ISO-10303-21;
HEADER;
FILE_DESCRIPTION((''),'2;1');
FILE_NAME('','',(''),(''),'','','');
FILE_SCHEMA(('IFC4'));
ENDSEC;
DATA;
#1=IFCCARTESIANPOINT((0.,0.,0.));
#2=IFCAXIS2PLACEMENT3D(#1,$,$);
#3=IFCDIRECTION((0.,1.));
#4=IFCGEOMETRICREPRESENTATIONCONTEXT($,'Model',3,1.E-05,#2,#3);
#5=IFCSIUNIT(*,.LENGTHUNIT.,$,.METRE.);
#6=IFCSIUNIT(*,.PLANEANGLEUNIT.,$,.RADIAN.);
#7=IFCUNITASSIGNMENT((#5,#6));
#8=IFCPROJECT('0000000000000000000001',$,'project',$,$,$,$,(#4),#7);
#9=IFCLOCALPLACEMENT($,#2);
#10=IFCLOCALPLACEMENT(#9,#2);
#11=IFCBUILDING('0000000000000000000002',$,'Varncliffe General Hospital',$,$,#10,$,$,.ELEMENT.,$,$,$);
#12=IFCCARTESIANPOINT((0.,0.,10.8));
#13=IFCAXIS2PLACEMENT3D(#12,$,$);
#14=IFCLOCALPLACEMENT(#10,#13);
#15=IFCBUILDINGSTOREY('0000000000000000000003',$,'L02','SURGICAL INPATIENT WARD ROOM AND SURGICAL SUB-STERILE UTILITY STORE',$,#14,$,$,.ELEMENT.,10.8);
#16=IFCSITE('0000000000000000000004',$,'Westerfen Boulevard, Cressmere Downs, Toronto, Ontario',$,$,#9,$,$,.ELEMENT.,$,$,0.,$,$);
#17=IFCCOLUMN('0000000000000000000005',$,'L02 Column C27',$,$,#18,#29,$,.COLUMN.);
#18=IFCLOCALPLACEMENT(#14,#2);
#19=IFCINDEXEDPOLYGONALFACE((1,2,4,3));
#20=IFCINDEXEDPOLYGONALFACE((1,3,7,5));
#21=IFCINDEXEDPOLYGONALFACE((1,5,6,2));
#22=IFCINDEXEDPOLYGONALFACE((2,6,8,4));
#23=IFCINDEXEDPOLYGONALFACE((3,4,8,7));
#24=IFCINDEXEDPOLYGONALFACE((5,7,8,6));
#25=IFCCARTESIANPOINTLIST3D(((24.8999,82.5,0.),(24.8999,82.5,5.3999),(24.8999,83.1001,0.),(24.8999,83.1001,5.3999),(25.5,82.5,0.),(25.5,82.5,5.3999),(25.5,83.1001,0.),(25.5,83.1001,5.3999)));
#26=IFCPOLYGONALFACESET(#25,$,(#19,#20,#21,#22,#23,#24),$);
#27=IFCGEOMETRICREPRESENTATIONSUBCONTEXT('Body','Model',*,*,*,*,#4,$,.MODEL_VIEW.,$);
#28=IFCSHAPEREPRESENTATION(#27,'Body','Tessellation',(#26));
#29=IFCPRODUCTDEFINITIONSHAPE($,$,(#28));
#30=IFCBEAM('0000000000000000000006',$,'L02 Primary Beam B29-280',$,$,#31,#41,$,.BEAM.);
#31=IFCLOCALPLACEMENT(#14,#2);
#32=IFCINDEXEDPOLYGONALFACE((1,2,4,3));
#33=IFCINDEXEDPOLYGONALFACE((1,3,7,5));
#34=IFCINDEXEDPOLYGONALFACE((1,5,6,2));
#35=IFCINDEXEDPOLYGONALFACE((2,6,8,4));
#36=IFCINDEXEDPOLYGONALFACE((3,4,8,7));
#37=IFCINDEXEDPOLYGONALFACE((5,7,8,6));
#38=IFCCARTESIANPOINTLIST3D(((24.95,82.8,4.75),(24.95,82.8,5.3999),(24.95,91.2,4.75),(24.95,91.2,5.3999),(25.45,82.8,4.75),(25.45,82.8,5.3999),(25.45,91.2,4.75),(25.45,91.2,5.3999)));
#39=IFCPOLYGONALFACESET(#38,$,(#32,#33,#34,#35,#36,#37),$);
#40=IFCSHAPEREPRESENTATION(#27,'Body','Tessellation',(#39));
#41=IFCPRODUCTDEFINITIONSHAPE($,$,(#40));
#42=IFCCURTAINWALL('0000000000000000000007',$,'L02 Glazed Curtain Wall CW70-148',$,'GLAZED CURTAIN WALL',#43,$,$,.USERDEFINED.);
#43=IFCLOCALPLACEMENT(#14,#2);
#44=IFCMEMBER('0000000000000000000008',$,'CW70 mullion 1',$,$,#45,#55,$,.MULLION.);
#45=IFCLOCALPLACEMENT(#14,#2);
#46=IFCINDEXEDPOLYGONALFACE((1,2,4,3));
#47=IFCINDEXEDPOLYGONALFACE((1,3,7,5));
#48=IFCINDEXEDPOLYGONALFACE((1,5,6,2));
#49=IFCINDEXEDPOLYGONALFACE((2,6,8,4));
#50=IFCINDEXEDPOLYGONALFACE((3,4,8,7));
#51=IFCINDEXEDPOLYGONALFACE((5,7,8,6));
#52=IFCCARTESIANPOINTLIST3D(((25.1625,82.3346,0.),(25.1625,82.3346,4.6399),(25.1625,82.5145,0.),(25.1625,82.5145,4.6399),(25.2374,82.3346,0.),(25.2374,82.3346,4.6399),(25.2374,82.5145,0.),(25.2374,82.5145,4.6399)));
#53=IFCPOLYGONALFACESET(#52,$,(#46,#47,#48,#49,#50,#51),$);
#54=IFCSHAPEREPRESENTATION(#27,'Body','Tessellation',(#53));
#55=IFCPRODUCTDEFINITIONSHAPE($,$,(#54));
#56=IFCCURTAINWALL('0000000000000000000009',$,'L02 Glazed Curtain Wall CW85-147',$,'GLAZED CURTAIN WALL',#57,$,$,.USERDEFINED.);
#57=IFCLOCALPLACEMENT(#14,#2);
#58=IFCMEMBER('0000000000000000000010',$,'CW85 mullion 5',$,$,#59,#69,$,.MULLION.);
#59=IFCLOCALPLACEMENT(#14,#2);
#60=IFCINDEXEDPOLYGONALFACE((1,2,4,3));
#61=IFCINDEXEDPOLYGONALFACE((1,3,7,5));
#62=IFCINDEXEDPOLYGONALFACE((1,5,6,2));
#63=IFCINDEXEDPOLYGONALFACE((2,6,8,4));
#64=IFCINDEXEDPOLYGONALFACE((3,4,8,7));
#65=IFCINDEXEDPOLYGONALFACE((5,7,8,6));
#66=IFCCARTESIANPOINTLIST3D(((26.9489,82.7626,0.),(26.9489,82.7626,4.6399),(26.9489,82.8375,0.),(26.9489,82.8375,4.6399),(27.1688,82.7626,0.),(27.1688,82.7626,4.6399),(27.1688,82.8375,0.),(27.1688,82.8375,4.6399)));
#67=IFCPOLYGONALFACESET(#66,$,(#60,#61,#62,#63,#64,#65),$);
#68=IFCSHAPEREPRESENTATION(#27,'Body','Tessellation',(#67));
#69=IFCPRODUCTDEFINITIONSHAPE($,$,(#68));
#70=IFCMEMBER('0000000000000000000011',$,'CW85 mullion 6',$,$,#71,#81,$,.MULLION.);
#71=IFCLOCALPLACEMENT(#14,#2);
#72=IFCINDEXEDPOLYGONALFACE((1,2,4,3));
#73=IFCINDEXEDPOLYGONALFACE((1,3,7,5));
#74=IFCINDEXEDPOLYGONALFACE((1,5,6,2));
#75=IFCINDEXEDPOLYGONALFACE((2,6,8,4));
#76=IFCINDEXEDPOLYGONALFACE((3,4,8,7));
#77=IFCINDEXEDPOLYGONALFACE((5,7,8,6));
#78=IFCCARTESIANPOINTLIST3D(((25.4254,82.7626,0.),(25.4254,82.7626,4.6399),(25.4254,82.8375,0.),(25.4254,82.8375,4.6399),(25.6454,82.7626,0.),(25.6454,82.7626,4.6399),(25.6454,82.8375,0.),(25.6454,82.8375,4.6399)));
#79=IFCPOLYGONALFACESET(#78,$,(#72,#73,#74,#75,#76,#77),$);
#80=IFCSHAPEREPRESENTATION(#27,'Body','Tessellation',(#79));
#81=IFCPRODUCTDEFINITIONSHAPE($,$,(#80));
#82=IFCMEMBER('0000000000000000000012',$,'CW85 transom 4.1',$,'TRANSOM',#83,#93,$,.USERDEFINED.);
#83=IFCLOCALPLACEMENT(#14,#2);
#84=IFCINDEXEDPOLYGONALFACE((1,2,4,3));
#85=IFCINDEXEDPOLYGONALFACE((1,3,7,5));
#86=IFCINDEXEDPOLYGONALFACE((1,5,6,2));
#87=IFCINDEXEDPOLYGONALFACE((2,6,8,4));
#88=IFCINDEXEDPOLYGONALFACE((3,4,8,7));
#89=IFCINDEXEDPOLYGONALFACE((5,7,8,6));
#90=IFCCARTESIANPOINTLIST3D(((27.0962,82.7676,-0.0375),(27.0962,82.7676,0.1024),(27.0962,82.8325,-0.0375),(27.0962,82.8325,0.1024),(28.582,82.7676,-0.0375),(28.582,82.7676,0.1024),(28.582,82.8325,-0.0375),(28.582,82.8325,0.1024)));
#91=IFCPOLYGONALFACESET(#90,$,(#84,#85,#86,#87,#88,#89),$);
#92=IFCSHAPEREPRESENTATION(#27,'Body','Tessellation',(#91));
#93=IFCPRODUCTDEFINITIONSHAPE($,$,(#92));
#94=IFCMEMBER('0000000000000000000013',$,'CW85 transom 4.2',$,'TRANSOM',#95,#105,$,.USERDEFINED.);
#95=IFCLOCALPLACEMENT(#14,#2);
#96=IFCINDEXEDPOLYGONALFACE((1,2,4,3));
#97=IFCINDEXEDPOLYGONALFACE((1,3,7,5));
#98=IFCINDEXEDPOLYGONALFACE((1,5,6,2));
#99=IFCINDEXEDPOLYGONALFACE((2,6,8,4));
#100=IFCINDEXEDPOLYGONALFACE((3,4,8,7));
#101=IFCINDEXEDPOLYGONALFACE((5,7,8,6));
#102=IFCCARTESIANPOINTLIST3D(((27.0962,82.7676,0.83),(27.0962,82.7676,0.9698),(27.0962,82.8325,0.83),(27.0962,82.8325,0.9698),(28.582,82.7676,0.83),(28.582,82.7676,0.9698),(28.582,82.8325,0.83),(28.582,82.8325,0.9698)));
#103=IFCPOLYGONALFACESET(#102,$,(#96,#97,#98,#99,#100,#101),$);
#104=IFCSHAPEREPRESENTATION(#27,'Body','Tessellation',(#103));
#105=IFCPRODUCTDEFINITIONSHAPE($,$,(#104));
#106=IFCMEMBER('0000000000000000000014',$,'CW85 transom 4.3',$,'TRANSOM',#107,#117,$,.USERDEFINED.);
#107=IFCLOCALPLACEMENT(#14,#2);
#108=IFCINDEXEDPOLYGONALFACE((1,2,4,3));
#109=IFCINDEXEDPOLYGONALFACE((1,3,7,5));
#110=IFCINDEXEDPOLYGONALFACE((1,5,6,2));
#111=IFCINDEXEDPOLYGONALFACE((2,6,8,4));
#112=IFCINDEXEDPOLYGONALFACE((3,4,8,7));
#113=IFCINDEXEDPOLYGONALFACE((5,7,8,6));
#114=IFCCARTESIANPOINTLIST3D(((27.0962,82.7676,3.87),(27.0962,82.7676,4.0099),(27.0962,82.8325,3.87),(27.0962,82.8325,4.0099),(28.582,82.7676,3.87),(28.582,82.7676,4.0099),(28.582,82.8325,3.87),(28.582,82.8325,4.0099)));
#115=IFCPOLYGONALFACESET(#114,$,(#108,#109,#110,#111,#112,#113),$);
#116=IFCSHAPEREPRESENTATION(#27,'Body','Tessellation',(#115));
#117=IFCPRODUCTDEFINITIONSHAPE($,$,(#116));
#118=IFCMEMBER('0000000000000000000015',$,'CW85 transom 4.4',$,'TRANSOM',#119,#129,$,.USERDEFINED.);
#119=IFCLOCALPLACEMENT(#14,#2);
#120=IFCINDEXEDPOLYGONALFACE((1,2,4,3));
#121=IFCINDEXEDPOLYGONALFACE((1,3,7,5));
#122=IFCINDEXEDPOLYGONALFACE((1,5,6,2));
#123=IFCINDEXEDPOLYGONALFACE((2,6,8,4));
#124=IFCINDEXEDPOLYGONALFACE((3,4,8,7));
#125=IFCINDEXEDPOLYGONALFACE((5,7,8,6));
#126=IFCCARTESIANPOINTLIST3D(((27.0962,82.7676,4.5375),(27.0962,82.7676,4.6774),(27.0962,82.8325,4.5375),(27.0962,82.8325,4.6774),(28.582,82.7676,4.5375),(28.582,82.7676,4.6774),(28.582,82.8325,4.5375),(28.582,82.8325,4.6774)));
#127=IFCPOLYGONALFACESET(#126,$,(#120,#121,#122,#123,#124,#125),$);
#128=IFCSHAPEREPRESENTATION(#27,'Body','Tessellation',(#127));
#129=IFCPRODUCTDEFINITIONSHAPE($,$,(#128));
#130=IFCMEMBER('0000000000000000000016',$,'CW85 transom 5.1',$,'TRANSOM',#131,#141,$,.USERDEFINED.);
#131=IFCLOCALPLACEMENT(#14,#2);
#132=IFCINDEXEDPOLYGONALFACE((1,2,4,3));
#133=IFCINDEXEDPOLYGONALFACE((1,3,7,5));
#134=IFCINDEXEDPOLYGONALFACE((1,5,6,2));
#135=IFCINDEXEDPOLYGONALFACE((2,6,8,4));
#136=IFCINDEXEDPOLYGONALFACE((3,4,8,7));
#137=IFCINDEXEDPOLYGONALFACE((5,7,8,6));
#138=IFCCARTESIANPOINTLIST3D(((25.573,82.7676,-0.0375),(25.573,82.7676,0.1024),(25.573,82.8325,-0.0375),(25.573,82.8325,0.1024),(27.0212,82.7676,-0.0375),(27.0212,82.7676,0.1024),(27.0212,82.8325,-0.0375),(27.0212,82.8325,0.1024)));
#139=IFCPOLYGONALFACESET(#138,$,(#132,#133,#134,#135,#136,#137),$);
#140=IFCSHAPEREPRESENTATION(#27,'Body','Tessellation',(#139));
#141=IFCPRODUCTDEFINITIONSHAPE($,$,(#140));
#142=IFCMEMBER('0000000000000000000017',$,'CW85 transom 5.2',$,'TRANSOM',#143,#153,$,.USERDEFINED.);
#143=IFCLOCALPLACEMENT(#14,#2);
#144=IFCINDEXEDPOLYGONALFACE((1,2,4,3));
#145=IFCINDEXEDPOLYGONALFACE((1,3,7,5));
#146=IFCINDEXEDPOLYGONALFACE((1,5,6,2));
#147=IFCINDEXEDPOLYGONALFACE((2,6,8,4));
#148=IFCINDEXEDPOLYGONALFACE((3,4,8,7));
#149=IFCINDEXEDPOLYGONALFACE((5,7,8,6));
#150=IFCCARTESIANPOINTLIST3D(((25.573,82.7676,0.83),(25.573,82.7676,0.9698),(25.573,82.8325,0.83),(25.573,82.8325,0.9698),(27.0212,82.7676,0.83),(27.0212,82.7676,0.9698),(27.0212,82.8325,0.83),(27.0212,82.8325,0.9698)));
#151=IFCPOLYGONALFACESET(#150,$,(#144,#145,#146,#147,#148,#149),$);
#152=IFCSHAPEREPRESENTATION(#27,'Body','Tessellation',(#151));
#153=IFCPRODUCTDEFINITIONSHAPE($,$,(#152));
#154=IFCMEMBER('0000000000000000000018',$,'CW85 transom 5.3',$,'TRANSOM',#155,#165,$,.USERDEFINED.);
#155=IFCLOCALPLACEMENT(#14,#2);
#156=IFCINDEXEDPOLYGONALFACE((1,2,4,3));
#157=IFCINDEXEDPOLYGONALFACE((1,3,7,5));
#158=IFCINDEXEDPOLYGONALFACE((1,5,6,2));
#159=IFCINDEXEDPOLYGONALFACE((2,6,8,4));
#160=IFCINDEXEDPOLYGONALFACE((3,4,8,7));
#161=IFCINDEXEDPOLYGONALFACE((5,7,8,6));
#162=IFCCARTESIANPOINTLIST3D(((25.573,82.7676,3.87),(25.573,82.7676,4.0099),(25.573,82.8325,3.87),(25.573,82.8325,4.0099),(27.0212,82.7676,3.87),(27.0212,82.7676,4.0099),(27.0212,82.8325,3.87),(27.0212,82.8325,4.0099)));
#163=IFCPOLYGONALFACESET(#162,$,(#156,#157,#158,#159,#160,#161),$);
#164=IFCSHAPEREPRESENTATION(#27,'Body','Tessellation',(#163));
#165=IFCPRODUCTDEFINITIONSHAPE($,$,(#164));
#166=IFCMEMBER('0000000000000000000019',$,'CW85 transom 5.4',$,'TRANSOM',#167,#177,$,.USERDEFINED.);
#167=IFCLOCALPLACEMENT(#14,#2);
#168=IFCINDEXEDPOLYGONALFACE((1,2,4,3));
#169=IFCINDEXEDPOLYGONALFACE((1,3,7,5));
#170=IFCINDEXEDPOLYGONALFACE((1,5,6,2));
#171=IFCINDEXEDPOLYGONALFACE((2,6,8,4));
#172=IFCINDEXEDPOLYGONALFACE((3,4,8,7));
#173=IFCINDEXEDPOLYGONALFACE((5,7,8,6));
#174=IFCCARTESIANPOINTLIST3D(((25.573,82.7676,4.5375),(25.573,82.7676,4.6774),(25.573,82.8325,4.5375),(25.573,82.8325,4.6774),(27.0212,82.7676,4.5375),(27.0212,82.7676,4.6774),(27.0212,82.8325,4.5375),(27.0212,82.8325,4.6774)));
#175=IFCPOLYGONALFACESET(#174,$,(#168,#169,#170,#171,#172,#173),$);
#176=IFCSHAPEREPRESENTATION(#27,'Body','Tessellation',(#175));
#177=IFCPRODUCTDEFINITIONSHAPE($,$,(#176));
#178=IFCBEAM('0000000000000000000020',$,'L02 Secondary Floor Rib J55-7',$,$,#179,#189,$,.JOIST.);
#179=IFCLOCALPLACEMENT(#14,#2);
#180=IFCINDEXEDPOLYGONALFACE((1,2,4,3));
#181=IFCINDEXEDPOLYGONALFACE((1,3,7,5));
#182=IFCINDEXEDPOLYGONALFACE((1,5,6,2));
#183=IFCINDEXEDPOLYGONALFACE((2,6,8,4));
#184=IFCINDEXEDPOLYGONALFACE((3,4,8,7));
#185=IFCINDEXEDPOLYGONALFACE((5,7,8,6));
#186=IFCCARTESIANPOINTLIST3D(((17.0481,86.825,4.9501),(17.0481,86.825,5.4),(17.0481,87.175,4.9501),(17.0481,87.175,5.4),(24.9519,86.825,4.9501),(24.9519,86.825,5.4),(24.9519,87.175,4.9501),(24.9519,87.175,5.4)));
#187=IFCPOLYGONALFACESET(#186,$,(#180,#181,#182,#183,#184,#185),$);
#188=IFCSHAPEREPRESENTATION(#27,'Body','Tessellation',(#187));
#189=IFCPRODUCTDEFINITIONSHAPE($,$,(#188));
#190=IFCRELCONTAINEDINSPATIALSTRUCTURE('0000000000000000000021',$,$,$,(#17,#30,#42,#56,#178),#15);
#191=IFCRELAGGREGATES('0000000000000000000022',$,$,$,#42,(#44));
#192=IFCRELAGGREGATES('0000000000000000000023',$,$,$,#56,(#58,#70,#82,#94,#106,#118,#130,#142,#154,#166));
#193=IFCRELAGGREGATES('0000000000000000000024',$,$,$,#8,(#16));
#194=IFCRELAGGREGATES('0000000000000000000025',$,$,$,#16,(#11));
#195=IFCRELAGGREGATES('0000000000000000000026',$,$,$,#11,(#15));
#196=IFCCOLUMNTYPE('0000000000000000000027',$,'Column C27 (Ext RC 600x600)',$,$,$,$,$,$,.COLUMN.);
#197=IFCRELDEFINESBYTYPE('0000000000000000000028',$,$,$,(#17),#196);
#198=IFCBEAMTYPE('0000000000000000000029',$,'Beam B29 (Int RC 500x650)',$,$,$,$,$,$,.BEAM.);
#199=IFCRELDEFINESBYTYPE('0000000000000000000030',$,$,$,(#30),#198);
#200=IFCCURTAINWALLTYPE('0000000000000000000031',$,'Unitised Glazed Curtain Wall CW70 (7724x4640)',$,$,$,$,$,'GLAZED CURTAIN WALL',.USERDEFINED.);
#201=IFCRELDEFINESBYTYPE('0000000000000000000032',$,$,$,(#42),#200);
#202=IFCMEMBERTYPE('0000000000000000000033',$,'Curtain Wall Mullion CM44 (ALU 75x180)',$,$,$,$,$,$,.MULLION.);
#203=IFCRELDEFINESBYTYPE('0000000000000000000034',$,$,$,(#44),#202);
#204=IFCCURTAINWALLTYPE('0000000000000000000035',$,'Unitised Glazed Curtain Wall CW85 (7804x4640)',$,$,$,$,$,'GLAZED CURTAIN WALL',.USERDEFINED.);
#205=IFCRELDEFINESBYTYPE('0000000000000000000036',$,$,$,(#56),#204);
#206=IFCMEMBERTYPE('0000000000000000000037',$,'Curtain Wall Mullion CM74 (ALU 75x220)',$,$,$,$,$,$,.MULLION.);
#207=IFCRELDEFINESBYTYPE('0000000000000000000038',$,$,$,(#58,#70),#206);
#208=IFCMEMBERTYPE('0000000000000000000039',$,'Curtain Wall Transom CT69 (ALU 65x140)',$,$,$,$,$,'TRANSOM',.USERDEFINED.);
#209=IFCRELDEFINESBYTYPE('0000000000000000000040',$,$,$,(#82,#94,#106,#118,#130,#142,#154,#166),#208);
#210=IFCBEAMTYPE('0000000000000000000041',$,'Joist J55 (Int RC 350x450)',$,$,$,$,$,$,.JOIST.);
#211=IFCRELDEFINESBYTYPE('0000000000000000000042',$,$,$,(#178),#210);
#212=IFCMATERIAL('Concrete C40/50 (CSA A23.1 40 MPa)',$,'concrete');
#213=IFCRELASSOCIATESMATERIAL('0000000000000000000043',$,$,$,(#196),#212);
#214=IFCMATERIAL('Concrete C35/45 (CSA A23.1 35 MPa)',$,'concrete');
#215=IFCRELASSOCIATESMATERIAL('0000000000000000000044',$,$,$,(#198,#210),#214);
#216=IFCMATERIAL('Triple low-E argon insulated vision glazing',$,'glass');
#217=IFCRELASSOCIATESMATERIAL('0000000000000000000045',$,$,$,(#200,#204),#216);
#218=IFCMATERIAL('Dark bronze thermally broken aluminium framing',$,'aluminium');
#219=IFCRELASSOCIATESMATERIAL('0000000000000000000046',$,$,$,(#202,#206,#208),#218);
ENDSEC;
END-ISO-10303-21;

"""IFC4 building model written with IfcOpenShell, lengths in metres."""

from ifc_helpers import new_model, si_unit, direction, frame, origin, origin_2d, place, context, subcontext, project, spatial, rectangle, extrude, material, material_profile, profile_set, type_object, element, aggregate, save


model = new_model("IFC4")

# Units and contexts
model_context = context("Model", 3, precision=1e-05, world=origin(), true_north=direction((0.0, 1.0)))
body_context = subcontext(model_context, "Body", "Model", "MODEL_VIEW")
ifc_project = project(units=[si_unit("LENGTHUNIT", "METRE"), si_unit("PLANEANGLEUNIT", "RADIAN")], contexts=[model_context])

# Site, building, storey
site_placement = place(None, origin())
site = spatial("IfcSite", under=ifc_project, at=site_placement, Name="Westerfen Boulevard, Cressmere Downs, Toronto, Ontario", CompositionType="ELEMENT", RefElevation=0.0)
building_placement = place(site_placement, origin())
building = spatial("IfcBuilding", under=site, at=building_placement, Name="Varncliffe General Hospital", CompositionType="ELEMENT")
storey_placement = place(building_placement, frame((0.0, 0.0, 10.8)))
storey = spatial("IfcBuildingStorey", under=building, at=storey_placement, Name="L02", Description="SURGICAL INPATIENT WARD ROOM AND SURGICAL SUB-STERILE UTILITY STORE", CompositionType="ELEMENT", Elevation=10.8)

# Column
ifc_material_1 = material(Name="Concrete C40/50 (CSA A23.1 40 MPa)", Category="concrete")
ifc_material_profile_1 = material_profile(ifc_material_1, rectangle(XDim=0.6001, YDim=0.6001, at=origin_2d()), Name="RC 600x600")
ifc_profile_set_1 = profile_set([ifc_material_profile_1], Name="Concrete C40/50 (CSA A23.1 40 MPa)")
column_type = type_object("IfcColumnType", Name="Column C27 (Ext RC 600x600)", PredefinedType="COLUMN", material=ifc_profile_set_1)
column_placement = place(storey_placement, frame((25.2, 82.8, 0.0), z_axis=(0.0, 0.0, 1.0), x_axis=(1.0, 0.0, 0.0)))
element("IfcColumn", 1, at=column_placement, inside=storey, type_object=column_type, Name="L02 Column C27", PredefinedType="COLUMN", context=body_context, shape_type="SweptSolid", body=[
    extrude(rectangle(XDim=0.6001, YDim=0.6001, at=origin_2d()), origin(), (0.0, 0.0, 1.0), 5.3999),
])

# Beam
ifc_material_2 = material(Name="Concrete C35/45 (CSA A23.1 35 MPa)", Category="concrete")
ifc_material_profile_2 = material_profile(ifc_material_2, rectangle(XDim=0.5, YDim=0.6499, at=origin_2d()), Name="RC 500x650")
ifc_profile_set_2 = profile_set([ifc_material_profile_2], Name="Concrete C35/45 (CSA A23.1 35 MPa)")
beam_type_1 = type_object("IfcBeamType", Name="Beam B29 (Int RC 500x650)", PredefinedType="BEAM", material=ifc_profile_set_2)
beam_1_placement = place(storey_placement, frame((25.2, 82.8, 5.075), z_axis=(0.0, 1.0, 0.0), x_axis=(-1.0, 0.0, 0.0)))
element("IfcBeam", 2, at=beam_1_placement, inside=storey, type_object=beam_type_1, Name="L02 Primary Beam B29-280", PredefinedType="BEAM", context=body_context, shape_type="SweptSolid", body=[
    extrude(rectangle(XDim=0.5, YDim=0.6499, at=origin_2d()), origin(), (0.0, 0.0, 1.0), 8.3999),
])

# Curtain wall, member
ifc_material_3 = material(Name="Triple low-E argon insulated vision glazing", Category="glass")
curtain_wall_type_1 = type_object("IfcCurtainWallType", Name="Unitised Glazed Curtain Wall CW70 (7724x4640)", ElementType="GLAZED CURTAIN WALL", PredefinedType="USERDEFINED", material=ifc_material_3)
curtain_wall_1_placement = place(storey_placement, origin())
curtain_wall_1 = element("IfcCurtainWall", 3, at=curtain_wall_1_placement, inside=storey, type_object=curtain_wall_type_1, Name="L02 Glazed Curtain Wall CW70-148", ObjectType="GLAZED CURTAIN WALL", PredefinedType="USERDEFINED")
ifc_material_4 = material(Name="Dark bronze thermally broken aluminium framing", Category="aluminium")
ifc_material_profile_3 = material_profile(ifc_material_4, rectangle(XDim=0.075, YDim=0.1799, at=origin_2d()), Name="ALU 75x180")
ifc_profile_set_3 = profile_set([ifc_material_profile_3], Name="Dark bronze thermally broken aluminium framing")
member_type_1 = type_object("IfcMemberType", Name="Curtain Wall Mullion CM44 (ALU 75x180)", PredefinedType="MULLION", material=ifc_profile_set_3)
member_1_placement = place(storey_placement, frame((25.2, 82.4246, 0.0), z_axis=(0.0, 0.0, 1.0), x_axis=(1.0, 0.0, 0.0)))
member_1 = element("IfcMember", 4, at=member_1_placement, type_object=member_type_1, Name="CW70 mullion 1", PredefinedType="MULLION", context=body_context, shape_type="SweptSolid", body=[
    extrude(rectangle(XDim=0.075, YDim=0.1799, at=origin_2d()), origin(), (0.0, 0.0, 1.0), 4.6399),
])
aggregate(curtain_wall_1, [member_1])

# Curtain wall, members
curtain_wall_type_2 = type_object("IfcCurtainWallType", Name="Unitised Glazed Curtain Wall CW85 (7804x4640)", ElementType="GLAZED CURTAIN WALL", PredefinedType="USERDEFINED", material=ifc_material_3)
curtain_wall_2_placement = place(storey_placement, origin())
curtain_wall_2 = element("IfcCurtainWall", 5, at=curtain_wall_2_placement, inside=storey, type_object=curtain_wall_type_2, Name="L02 Glazed Curtain Wall CW85-147", ObjectType="GLAZED CURTAIN WALL", PredefinedType="USERDEFINED")
ifc_material_profile_4 = material_profile(ifc_material_4, rectangle(XDim=0.075, YDim=0.22, at=origin_2d()), Name="ALU 75x220")
ifc_profile_set_4 = profile_set([ifc_material_profile_4], Name="Dark bronze thermally broken aluminium framing")
member_type_2 = type_object("IfcMemberType", Name="Curtain Wall Mullion CM74 (ALU 75x220)", PredefinedType="MULLION", material=ifc_profile_set_4)
member_2_placement = place(storey_placement, frame((27.0588, 82.8, 0.0), z_axis=(0.0, 0.0, 1.0), x_axis=(0.0, -1.0, 0.0)))
member_2 = element("IfcMember", 6, at=member_2_placement, type_object=member_type_2, Name="CW85 mullion 5", PredefinedType="MULLION", context=body_context, shape_type="SweptSolid", body=[
    extrude(rectangle(XDim=0.075, YDim=0.22, at=origin_2d()), origin(), (0.0, 0.0, 1.0), 4.6399),
])
member_3_placement = place(storey_placement, frame((25.5354, 82.8, 0.0), z_axis=(0.0, 0.0, 1.0), x_axis=(0.0, -1.0, 0.0)))
member_3 = element("IfcMember", 7, at=member_3_placement, type_object=member_type_2, Name="CW85 mullion 6", PredefinedType="MULLION", context=body_context, shape_type="SweptSolid", body=[
    extrude(rectangle(XDim=0.075, YDim=0.22, at=origin_2d()), origin(), (0.0, 0.0, 1.0), 4.6399),
])
ifc_material_profile_5 = material_profile(ifc_material_4, rectangle(XDim=0.0649, YDim=0.1399, at=origin_2d()), Name="ALU 65x140")
ifc_profile_set_5 = profile_set([ifc_material_profile_5], Name="Dark bronze thermally broken aluminium framing")
member_type_3 = type_object("IfcMemberType", Name="Curtain Wall Transom CT69 (ALU 65x140)", ElementType="TRANSOM", PredefinedType="USERDEFINED", material=ifc_profile_set_5)
member_4_placement = place(storey_placement, frame((28.582, 82.8, 0.0325), z_axis=(-1.0, 0.0, 0.0), x_axis=(0.0, -1.0, 0.0)))
member_4 = element("IfcMember", 8, at=member_4_placement, type_object=member_type_3, Name="CW85 transom 4.1", ObjectType="TRANSOM", PredefinedType="USERDEFINED", context=body_context, shape_type="SweptSolid", body=[
    extrude(rectangle(XDim=0.0649, YDim=0.1399, at=origin_2d()), origin(), (0.0, 0.0, 1.0), 1.4858),
])
member_5_placement = place(storey_placement, frame((28.582, 82.8, 0.8999), z_axis=(-1.0, 0.0, 0.0), x_axis=(0.0, -1.0, 0.0)))
member_5 = element("IfcMember", 9, at=member_5_placement, type_object=member_type_3, Name="CW85 transom 4.2", ObjectType="TRANSOM", PredefinedType="USERDEFINED", context=body_context, shape_type="SweptSolid", body=[
    extrude(rectangle(XDim=0.0649, YDim=0.1399, at=origin_2d()), origin(), (0.0, 0.0, 1.0), 1.4858),
])
member_6_placement = place(storey_placement, frame((28.582, 82.8, 3.9399), z_axis=(-1.0, 0.0, 0.0), x_axis=(0.0, -1.0, 0.0)))
member_6 = element("IfcMember", 10, at=member_6_placement, type_object=member_type_3, Name="CW85 transom 4.3", ObjectType="TRANSOM", PredefinedType="USERDEFINED", context=body_context, shape_type="SweptSolid", body=[
    extrude(rectangle(XDim=0.0649, YDim=0.1399, at=origin_2d()), origin(), (0.0, 0.0, 1.0), 1.4858),
])
member_7_placement = place(storey_placement, frame((28.582, 82.8, 4.6074), z_axis=(-1.0, 0.0, 0.0), x_axis=(0.0, -1.0, 0.0)))
member_7 = element("IfcMember", 11, at=member_7_placement, type_object=member_type_3, Name="CW85 transom 4.4", ObjectType="TRANSOM", PredefinedType="USERDEFINED", context=body_context, shape_type="SweptSolid", body=[
    extrude(rectangle(XDim=0.0649, YDim=0.1399, at=origin_2d()), origin(), (0.0, 0.0, 1.0), 1.4858),
])
member_8_placement = place(storey_placement, frame((27.0212, 82.8, 0.0325), z_axis=(-1.0, 0.0, 0.0), x_axis=(0.0, -1.0, 0.0)))
member_8 = element("IfcMember", 12, at=member_8_placement, type_object=member_type_3, Name="CW85 transom 5.1", ObjectType="TRANSOM", PredefinedType="USERDEFINED", context=body_context, shape_type="SweptSolid", body=[
    extrude(rectangle(XDim=0.0649, YDim=0.1399, at=origin_2d()), origin(), (0.0, 0.0, 1.0), 1.4482),
])
member_9_placement = place(storey_placement, frame((27.0212, 82.8, 0.8999), z_axis=(-1.0, 0.0, 0.0), x_axis=(0.0, -1.0, 0.0)))
member_9 = element("IfcMember", 13, at=member_9_placement, type_object=member_type_3, Name="CW85 transom 5.2", ObjectType="TRANSOM", PredefinedType="USERDEFINED", context=body_context, shape_type="SweptSolid", body=[
    extrude(rectangle(XDim=0.0649, YDim=0.1399, at=origin_2d()), origin(), (0.0, 0.0, 1.0), 1.4482),
])
member_10_placement = place(storey_placement, frame((27.0212, 82.8, 3.9399), z_axis=(-1.0, 0.0, 0.0), x_axis=(0.0, -1.0, 0.0)))
member_10 = element("IfcMember", 14, at=member_10_placement, type_object=member_type_3, Name="CW85 transom 5.3", ObjectType="TRANSOM", PredefinedType="USERDEFINED", context=body_context, shape_type="SweptSolid", body=[
    extrude(rectangle(XDim=0.0649, YDim=0.1399, at=origin_2d()), origin(), (0.0, 0.0, 1.0), 1.4482),
])
member_11_placement = place(storey_placement, frame((27.0212, 82.8, 4.6074), z_axis=(-1.0, 0.0, 0.0), x_axis=(0.0, -1.0, 0.0)))
member_11 = element("IfcMember", 15, at=member_11_placement, type_object=member_type_3, Name="CW85 transom 5.4", ObjectType="TRANSOM", PredefinedType="USERDEFINED", context=body_context, shape_type="SweptSolid", body=[
    extrude(rectangle(XDim=0.0649, YDim=0.1399, at=origin_2d()), origin(), (0.0, 0.0, 1.0), 1.4482),
])

# Beam
ifc_material_profile_6 = material_profile(ifc_material_2, rectangle(XDim=0.3501, YDim=0.45, at=origin_2d()), Name="RC 350x450")
ifc_profile_set_6 = profile_set([ifc_material_profile_6], Name="Concrete C35/45 (CSA A23.1 35 MPa)")
beam_type_2 = type_object("IfcBeamType", Name="Joist J55 (Int RC 350x450)", PredefinedType="JOIST", material=ifc_profile_set_6)
beam_2_placement = place(storey_placement, frame((17.0481, 87.0, 5.175), z_axis=(1.0, 0.0, 0.0), x_axis=(0.0, 1.0, 0.0)))
element("IfcBeam", 16, at=beam_2_placement, inside=storey, type_object=beam_type_2, Name="L02 Secondary Floor Rib J55-7", PredefinedType="JOIST", context=body_context, shape_type="SweptSolid", body=[
    extrude(rectangle(XDim=0.3501, YDim=0.45, at=origin_2d()), origin(), (0.0, 0.0, 1.0), 7.9038),
])

aggregate(curtain_wall_2, [member_2, member_3, member_4, member_5, member_6, member_7, member_8, member_9, member_10, member_11])

save(model, "model.ifc")
